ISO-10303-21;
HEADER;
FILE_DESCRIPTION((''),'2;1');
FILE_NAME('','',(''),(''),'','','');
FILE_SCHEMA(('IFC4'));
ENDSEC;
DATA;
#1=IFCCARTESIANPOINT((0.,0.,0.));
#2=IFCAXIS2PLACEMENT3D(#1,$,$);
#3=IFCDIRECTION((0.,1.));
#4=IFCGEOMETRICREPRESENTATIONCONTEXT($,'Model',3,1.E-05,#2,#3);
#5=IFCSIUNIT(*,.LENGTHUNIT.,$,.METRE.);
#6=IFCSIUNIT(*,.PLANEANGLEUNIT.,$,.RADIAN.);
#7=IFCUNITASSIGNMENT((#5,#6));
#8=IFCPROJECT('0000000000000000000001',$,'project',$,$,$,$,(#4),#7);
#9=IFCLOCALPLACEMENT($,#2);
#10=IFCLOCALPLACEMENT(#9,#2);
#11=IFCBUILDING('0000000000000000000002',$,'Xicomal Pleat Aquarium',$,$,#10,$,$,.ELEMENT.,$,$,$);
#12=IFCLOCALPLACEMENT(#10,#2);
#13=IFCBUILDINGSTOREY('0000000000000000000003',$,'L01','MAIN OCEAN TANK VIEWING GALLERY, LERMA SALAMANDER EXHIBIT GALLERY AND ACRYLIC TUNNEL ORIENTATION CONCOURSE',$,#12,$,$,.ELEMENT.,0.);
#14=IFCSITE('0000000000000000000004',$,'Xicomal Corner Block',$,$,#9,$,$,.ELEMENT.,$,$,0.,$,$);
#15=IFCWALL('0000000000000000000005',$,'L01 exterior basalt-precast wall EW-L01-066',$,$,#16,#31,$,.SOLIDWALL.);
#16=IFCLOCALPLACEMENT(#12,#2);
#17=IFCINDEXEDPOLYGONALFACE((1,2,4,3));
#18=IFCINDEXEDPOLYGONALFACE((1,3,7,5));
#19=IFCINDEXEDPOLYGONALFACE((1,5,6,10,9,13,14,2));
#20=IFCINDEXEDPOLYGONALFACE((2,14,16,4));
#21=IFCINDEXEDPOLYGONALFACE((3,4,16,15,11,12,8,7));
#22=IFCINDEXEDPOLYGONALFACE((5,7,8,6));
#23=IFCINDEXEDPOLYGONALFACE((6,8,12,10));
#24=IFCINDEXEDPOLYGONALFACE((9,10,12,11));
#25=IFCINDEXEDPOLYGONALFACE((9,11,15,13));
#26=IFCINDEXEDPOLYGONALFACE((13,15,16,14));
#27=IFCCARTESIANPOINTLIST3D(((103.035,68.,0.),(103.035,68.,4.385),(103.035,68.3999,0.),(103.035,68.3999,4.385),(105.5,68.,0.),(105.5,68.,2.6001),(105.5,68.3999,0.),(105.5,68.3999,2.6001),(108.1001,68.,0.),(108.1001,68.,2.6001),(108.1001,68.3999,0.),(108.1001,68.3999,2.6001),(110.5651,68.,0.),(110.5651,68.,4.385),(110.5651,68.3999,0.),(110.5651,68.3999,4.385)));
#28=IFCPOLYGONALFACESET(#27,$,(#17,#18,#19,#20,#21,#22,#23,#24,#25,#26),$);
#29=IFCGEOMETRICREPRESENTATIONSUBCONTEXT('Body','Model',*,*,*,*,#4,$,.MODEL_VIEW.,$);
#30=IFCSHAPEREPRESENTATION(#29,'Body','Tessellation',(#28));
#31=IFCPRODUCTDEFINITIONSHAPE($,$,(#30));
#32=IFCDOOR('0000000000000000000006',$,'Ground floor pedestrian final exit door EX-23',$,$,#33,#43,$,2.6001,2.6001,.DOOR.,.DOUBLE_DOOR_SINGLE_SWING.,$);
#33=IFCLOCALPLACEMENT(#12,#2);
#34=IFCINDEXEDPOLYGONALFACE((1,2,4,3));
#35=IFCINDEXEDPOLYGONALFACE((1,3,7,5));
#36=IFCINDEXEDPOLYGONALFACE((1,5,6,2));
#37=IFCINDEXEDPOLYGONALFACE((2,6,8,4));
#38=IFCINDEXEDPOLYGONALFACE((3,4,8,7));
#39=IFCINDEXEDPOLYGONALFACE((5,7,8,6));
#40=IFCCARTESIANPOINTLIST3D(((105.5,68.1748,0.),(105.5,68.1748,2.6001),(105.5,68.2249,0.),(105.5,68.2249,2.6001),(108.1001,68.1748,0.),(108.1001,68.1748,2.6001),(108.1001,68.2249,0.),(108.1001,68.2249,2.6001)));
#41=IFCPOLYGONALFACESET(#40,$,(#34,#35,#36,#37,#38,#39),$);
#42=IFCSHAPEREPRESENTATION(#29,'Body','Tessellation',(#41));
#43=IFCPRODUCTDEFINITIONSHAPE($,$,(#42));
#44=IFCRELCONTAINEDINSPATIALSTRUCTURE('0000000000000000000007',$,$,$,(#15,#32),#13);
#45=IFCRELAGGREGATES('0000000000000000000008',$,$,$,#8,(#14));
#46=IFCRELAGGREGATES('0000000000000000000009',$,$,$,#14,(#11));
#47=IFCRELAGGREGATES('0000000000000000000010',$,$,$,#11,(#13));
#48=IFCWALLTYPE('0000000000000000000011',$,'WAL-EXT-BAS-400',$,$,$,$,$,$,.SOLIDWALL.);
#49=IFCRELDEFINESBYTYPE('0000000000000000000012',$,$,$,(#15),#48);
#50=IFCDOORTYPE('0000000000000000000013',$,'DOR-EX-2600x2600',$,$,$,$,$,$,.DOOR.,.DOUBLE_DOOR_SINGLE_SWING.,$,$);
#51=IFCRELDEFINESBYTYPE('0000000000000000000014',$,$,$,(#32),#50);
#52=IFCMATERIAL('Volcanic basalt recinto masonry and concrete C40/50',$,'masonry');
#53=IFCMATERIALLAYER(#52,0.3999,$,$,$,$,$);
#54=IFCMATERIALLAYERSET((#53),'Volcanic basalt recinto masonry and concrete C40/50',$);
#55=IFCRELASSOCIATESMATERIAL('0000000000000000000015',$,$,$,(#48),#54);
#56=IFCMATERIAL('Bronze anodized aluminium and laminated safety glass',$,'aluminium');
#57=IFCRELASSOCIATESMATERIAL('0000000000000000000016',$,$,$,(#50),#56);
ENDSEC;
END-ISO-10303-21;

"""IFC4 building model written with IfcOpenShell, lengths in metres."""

from ifc_helpers import new_model, si_unit, direction, frame, frame_2d, origin, place, context, subcontext, project, spatial, rectangle, extrude, material, layer, layer_set, type_object, element, fill, save


model = new_model("IFC4")

# Units and contexts
model_context = context("Model", 3, precision=1e-05, world=origin(), true_north=direction((0.0, 1.0)))
body_context = subcontext(model_context, "Body", "Model", "MODEL_VIEW")
ifc_project = project(units=[si_unit("LENGTHUNIT", "METRE"), si_unit("PLANEANGLEUNIT", "RADIAN")], contexts=[model_context])

# Site, building, storey
site_placement = place(None, origin())
site = spatial("IfcSite", under=ifc_project, at=site_placement, Name="Xicomal Corner Block", CompositionType="ELEMENT", RefElevation=0.0)
building_placement = place(site_placement, origin())
building = spatial("IfcBuilding", under=site, at=building_placement, Name="Xicomal Pleat Aquarium", CompositionType="ELEMENT")
storey_placement = place(building_placement, origin())
storey = spatial("IfcBuildingStorey", under=building, at=storey_placement, Name="L01", Description="MAIN OCEAN TANK VIEWING GALLERY, LERMA SALAMANDER EXHIBIT GALLERY AND ACRYLIC TUNNEL ORIENTATION CONCOURSE", CompositionType="ELEMENT", Elevation=0.0)

# Wall, opening, door
ifc_material_1 = material(Name="Volcanic basalt recinto masonry and concrete C40/50", Category="masonry")
ifc_layer_1 = layer(ifc_material_1, 0.3999)
ifc_layer_set_1 = layer_set([ifc_layer_1], Name="Volcanic basalt recinto masonry and concrete C40/50")
wall_type = type_object("IfcWallType", Name="WAL-EXT-BAS-400", PredefinedType="SOLIDWALL", material=ifc_layer_set_1)
wall_placement = place(storey_placement, frame((103.0349, 68.2, 0.0), z_axis=(0.0, 0.0, 1.0), x_axis=(1.0, 0.0, 0.0)))
wall = element("IfcWall", 1, at=wall_placement, inside=storey, type_object=wall_type, Name="L01 exterior basalt-precast wall EW-L01-066", PredefinedType="SOLIDWALL", context=body_context, shape_type="SweptSolid", body=[
    extrude(rectangle(XDim=7.53, YDim=0.3999, at=frame_2d((3.7651, 0.0))), origin(), (0.0, 0.0, 1.0), 4.385),
])
opening_placement = place(wall_placement, frame((2.4651, 0.0, 0.0)))
opening = element("IfcOpeningElement", 2, at=opening_placement, cuts=wall, PredefinedType="OPENING", context=body_context, shape_type="SweptSolid", body=[
    extrude(rectangle(XDim=2.6001, YDim=2.6001, at=frame_2d((1.3, 1.3))), frame((0.0, 0.21, 0.0), z_axis=(0.0, -1.0, 0.0), x_axis=(1.0, 0.0, 0.0)), (0.0, 0.0, 1.0), 0.4199),
])
ifc_material_2 = material(Name="Bronze anodized aluminium and laminated safety glass", Category="aluminium")
door_type = type_object("IfcDoorType", Name="DOR-EX-2600x2600", OperationType="DOUBLE_DOOR_SINGLE_SWING", PredefinedType="DOOR", material=ifc_material_2)
door_placement = place(opening_placement, origin())
door = element("IfcDoor", 3, at=door_placement, inside=storey, type_object=door_type, Name="Ground floor pedestrian final exit door EX-23", OperationType="DOUBLE_DOOR_SINGLE_SWING", OverallHeight=2.6001, OverallWidth=2.6001, PredefinedType="DOOR", context=body_context, shape_type="SweptSolid", body=[
    extrude(rectangle(XDim=2.6001, YDim=2.6001, at=frame_2d((1.3, 1.3))), frame((0.0, 0.0249, 0.0), z_axis=(0.0, -1.0, 0.0), x_axis=(1.0, 0.0, 0.0)), (0.0, 0.0, 1.0), 0.05),
])
fill(opening, door)

save(model, "model.ifc")
